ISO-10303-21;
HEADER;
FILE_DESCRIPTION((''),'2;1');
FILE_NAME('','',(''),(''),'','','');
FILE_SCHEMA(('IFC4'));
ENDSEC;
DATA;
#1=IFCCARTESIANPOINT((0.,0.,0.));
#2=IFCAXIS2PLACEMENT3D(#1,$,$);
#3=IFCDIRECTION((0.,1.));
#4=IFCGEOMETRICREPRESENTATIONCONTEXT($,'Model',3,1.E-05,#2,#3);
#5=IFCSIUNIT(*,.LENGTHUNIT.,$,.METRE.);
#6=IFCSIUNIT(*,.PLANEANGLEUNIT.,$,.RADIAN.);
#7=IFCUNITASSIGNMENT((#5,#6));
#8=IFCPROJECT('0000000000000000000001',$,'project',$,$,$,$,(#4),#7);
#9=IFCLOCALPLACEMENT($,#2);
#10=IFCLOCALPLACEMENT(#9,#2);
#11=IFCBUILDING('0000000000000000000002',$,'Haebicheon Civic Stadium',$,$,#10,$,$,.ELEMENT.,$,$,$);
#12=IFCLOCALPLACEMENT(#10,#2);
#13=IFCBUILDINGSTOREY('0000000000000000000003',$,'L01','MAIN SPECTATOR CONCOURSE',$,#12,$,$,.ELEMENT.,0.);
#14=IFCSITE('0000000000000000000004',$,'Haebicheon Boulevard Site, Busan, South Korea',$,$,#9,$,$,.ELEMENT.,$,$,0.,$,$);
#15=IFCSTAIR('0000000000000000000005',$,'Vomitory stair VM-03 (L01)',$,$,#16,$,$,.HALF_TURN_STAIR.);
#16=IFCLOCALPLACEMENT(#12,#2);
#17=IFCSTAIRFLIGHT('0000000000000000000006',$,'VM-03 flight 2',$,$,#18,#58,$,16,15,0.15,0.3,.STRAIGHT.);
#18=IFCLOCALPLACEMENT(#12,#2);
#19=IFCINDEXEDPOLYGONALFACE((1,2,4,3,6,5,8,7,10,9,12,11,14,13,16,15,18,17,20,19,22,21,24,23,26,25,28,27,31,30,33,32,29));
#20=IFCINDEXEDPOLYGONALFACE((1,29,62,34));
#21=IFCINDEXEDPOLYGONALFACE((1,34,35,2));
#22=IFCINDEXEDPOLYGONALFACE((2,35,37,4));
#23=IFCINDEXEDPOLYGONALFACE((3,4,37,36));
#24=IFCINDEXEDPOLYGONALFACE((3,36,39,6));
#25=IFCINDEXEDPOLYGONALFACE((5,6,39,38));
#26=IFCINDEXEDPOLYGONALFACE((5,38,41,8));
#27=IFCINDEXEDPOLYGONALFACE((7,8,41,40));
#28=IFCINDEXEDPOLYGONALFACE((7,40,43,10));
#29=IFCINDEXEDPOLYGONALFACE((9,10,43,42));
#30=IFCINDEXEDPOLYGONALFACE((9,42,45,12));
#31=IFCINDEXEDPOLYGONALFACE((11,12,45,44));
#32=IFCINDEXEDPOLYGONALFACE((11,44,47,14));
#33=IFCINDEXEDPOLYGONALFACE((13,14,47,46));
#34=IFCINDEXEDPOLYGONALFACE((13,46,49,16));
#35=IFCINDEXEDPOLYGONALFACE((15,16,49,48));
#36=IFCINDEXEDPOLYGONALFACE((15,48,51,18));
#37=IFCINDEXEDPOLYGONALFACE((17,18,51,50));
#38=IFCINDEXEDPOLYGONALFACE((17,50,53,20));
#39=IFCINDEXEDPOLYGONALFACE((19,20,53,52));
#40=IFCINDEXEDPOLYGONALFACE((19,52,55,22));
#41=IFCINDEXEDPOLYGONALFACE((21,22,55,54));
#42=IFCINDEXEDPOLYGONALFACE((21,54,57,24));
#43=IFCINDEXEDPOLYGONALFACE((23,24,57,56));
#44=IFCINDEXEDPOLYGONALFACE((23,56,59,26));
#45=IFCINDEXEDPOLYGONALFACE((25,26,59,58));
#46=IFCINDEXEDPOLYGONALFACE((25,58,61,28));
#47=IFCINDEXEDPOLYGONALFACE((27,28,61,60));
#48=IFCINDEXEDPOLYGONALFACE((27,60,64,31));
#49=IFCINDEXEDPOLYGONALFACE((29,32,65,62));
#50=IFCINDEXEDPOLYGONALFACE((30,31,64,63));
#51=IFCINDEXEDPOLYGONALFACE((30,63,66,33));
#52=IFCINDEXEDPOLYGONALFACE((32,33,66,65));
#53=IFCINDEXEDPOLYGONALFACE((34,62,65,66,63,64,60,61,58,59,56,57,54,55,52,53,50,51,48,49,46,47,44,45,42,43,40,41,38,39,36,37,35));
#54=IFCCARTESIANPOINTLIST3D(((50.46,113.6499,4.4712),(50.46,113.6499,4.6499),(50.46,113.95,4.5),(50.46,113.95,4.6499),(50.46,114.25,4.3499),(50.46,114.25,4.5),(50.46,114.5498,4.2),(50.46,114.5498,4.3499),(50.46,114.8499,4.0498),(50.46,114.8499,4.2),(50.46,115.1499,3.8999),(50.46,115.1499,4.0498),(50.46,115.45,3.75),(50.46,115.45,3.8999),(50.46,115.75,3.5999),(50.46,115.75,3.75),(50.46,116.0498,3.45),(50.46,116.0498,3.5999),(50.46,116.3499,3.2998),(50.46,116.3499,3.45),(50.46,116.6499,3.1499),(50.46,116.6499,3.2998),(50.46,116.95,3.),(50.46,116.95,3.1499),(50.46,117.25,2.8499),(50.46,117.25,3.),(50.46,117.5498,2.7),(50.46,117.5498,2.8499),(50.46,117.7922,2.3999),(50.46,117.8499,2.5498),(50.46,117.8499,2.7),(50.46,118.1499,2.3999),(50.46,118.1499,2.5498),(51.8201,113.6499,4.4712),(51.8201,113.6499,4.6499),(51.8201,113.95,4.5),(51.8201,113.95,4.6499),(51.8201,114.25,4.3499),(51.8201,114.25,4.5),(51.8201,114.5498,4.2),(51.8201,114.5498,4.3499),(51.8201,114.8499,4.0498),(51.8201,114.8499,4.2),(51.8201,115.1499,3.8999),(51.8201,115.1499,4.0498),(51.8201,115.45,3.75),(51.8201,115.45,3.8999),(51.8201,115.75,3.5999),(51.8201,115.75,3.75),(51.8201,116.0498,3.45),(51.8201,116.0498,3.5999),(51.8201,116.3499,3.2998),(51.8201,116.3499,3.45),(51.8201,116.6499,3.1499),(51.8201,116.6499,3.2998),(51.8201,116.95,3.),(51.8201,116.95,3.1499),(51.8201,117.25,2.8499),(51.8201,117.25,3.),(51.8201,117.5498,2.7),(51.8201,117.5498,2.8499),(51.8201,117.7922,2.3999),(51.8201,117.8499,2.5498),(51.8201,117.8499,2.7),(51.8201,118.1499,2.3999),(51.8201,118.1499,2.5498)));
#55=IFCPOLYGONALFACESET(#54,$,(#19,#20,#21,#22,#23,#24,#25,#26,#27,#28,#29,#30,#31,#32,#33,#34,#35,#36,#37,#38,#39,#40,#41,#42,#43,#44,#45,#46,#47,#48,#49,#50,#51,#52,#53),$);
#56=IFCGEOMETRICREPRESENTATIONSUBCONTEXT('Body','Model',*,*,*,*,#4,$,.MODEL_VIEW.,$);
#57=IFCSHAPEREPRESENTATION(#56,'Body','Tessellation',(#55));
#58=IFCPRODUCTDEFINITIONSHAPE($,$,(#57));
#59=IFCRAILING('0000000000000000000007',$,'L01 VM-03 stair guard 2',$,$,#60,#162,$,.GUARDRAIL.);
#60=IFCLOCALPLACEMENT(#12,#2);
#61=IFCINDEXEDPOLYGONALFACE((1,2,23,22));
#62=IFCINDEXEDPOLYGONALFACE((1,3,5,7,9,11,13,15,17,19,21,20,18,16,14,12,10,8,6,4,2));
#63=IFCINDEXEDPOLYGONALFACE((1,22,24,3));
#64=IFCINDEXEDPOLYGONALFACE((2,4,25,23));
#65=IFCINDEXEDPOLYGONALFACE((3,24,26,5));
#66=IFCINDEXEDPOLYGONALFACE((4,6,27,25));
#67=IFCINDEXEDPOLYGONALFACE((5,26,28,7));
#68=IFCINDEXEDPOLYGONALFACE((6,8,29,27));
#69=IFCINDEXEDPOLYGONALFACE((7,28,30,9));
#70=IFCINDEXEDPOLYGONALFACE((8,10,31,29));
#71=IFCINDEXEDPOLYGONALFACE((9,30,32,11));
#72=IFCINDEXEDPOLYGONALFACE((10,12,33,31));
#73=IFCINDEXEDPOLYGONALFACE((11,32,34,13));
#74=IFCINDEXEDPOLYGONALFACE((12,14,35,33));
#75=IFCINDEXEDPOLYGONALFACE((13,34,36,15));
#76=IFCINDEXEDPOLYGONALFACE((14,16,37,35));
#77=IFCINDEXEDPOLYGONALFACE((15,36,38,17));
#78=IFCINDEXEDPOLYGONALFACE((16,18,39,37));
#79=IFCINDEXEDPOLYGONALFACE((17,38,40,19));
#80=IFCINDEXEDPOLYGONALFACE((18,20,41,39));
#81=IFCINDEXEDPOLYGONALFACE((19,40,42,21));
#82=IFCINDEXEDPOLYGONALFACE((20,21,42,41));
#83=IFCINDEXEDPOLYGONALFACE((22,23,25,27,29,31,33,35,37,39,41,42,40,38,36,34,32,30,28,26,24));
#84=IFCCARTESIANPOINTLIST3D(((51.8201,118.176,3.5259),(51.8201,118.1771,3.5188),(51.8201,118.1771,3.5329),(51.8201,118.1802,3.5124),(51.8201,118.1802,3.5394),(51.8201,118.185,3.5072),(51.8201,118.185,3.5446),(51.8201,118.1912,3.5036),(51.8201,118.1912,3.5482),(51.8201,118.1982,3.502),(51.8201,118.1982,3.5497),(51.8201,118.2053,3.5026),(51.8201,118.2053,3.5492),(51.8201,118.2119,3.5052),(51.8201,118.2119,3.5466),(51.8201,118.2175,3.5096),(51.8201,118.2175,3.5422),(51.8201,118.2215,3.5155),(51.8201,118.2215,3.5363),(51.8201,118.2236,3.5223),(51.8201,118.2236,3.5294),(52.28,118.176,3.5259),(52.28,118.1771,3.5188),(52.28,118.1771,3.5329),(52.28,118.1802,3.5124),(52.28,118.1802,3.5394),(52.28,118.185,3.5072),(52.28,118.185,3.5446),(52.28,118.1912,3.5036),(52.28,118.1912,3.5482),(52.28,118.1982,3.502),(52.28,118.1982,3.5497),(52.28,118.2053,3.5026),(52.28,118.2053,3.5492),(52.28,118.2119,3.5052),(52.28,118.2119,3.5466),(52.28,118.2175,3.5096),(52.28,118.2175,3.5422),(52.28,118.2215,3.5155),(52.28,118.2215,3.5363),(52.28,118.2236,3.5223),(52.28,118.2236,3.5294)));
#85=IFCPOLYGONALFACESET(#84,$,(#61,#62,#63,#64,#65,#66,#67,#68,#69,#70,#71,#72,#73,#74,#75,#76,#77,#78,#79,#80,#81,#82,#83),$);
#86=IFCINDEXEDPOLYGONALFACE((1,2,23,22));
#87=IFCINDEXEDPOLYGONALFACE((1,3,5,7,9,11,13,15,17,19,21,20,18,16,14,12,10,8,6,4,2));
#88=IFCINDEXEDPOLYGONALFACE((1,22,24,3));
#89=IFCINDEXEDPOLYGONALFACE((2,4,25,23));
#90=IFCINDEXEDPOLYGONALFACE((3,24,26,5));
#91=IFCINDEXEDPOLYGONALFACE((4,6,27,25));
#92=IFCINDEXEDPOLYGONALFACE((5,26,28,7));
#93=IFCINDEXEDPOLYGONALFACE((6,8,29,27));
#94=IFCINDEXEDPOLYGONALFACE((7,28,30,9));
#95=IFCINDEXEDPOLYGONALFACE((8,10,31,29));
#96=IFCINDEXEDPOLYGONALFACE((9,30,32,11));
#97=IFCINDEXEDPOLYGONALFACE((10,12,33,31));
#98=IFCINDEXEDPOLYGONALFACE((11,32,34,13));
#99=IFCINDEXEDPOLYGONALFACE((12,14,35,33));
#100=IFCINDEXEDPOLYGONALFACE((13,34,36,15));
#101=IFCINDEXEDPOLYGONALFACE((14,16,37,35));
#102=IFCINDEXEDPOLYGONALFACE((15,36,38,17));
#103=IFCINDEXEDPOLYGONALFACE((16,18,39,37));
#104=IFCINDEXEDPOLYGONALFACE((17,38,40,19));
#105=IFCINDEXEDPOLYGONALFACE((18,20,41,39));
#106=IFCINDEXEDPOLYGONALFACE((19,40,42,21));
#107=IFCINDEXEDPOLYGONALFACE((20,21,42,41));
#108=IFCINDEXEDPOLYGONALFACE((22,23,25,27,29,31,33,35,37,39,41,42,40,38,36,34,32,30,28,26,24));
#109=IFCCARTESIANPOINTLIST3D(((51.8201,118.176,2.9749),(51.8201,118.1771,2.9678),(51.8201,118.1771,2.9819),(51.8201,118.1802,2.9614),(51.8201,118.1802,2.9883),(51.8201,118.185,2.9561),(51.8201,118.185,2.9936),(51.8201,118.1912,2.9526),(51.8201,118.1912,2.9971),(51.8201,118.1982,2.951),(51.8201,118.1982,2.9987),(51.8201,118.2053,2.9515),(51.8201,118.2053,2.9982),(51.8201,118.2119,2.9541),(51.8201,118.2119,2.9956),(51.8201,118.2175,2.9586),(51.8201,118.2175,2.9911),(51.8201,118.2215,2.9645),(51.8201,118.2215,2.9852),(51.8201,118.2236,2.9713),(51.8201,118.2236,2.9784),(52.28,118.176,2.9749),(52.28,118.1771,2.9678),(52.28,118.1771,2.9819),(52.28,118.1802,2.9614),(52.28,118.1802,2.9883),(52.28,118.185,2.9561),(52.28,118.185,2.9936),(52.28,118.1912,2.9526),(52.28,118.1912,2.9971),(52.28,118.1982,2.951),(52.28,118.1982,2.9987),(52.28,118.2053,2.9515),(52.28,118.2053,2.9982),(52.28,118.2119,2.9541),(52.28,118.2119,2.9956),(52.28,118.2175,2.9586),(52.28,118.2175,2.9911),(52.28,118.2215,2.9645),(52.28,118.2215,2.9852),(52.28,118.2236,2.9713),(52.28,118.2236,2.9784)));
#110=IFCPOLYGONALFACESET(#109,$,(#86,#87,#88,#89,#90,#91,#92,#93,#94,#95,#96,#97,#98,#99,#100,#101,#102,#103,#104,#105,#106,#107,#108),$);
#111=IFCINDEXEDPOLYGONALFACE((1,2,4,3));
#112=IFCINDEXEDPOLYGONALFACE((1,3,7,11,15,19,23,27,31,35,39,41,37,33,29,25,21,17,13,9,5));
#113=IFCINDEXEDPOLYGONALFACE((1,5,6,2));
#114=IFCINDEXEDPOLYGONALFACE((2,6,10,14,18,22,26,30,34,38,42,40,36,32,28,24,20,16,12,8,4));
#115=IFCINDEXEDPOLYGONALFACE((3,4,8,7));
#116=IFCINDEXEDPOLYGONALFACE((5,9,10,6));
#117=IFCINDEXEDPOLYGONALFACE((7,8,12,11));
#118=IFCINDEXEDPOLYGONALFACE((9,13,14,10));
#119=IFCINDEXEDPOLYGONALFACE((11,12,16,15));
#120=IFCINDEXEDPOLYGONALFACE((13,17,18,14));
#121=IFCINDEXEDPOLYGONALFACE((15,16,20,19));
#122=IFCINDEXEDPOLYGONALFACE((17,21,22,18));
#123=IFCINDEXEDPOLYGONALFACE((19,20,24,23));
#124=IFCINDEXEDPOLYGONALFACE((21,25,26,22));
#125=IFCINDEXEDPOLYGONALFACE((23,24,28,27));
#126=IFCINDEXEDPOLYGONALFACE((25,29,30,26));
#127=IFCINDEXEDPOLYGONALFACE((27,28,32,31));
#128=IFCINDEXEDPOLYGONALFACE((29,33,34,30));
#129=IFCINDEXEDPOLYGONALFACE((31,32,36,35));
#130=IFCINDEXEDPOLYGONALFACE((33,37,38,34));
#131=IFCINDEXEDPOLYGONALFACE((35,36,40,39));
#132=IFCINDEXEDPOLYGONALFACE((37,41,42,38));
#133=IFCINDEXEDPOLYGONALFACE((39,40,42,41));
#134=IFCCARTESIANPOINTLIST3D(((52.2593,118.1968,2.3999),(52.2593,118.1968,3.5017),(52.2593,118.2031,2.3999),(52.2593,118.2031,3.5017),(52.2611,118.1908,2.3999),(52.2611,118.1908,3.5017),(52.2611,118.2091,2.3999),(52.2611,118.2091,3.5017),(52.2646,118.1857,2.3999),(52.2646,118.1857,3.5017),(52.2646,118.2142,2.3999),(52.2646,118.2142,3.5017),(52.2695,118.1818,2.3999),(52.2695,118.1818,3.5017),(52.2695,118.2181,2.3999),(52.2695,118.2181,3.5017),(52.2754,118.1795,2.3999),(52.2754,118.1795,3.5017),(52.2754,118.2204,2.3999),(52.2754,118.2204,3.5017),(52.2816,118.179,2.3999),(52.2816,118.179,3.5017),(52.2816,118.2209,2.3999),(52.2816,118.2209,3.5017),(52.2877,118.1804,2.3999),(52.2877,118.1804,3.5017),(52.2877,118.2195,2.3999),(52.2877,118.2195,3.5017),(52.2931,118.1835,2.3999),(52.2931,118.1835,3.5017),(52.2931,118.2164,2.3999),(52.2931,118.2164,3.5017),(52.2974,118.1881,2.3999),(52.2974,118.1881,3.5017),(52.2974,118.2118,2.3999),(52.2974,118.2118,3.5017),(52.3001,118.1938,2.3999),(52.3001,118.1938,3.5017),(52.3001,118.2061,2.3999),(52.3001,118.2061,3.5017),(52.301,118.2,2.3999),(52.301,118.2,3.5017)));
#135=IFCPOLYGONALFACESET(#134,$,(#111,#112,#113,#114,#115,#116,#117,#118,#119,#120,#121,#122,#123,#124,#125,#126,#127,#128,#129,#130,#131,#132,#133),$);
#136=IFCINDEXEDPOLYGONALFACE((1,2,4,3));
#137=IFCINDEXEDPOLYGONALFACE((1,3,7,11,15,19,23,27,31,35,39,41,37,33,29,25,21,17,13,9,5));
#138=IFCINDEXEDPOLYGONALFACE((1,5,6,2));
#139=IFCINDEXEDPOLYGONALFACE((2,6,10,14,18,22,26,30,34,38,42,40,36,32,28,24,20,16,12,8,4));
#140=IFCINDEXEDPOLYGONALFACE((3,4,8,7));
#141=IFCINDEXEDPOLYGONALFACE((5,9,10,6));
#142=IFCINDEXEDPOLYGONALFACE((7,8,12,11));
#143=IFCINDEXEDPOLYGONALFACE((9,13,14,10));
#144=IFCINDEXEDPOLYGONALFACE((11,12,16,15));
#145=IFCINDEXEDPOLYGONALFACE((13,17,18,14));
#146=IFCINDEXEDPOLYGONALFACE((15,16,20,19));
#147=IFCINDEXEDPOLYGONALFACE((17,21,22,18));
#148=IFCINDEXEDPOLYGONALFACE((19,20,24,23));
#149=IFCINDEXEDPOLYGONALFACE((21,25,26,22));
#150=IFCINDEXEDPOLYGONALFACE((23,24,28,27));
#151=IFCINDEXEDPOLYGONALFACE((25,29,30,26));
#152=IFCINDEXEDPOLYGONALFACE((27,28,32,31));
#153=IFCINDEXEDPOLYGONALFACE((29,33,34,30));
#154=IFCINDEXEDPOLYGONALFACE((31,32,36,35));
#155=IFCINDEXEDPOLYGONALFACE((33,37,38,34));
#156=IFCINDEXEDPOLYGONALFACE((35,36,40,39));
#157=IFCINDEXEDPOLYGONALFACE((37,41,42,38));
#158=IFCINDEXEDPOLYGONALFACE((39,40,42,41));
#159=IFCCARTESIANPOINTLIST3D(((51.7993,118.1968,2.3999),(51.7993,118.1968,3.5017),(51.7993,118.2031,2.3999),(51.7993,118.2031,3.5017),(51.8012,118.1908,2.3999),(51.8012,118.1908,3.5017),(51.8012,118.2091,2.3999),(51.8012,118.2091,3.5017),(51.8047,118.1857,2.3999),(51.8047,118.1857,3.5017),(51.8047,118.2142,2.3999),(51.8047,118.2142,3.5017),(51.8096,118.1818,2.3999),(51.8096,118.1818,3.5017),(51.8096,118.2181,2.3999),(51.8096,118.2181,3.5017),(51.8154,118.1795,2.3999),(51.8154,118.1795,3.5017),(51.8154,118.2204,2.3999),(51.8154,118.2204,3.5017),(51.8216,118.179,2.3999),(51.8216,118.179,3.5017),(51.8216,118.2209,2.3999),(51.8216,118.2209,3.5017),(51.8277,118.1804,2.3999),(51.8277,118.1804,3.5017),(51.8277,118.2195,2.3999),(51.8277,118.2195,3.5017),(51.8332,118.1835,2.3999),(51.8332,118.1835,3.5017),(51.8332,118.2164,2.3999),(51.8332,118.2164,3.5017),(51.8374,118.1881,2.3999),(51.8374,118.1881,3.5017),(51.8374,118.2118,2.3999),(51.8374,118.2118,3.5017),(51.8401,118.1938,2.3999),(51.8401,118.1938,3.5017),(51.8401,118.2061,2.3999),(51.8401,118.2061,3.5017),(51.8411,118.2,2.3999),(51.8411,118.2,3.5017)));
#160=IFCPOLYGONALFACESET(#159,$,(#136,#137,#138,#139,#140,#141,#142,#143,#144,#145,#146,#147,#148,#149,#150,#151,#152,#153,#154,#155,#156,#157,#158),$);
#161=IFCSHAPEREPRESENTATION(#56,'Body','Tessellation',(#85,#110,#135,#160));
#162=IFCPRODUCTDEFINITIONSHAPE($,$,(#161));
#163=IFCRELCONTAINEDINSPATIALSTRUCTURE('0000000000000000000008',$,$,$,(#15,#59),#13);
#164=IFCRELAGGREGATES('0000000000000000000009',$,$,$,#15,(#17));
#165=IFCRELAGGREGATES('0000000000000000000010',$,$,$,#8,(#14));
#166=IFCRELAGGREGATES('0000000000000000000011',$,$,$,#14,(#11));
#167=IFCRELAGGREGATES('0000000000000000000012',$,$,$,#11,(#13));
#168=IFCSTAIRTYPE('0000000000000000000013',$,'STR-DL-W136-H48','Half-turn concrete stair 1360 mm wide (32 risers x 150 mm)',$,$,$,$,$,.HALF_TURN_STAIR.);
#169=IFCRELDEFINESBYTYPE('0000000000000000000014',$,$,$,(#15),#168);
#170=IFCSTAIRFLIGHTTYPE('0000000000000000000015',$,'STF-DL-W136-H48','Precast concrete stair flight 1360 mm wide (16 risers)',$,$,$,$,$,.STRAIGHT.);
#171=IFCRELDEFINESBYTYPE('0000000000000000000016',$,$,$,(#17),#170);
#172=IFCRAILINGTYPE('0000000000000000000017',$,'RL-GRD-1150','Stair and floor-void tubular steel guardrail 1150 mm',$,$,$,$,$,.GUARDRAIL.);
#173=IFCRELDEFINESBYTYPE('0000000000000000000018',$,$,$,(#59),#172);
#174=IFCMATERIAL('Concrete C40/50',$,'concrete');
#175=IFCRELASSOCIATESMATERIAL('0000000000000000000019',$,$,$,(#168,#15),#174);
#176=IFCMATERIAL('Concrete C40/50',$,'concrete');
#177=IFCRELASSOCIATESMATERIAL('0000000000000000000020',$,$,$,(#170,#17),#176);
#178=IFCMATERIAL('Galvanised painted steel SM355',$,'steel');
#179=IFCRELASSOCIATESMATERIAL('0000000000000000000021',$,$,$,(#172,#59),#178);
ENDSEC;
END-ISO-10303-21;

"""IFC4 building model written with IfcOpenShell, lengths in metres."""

from ifc_helpers import new_model, si_unit, direction, frame, origin, origin_2d, place, context, subcontext, project, spatial, polyline, circle, outline, extrude, material, type_object, element, aggregate, save


model = new_model("IFC4")

# Units and contexts
model_context = context("Model", 3, precision=1e-05, world=origin(), true_north=direction((0.0, 1.0)))
body_context = subcontext(model_context, "Body", "Model", "MODEL_VIEW")
ifc_project = project(units=[si_unit("LENGTHUNIT", "METRE"), si_unit("PLANEANGLEUNIT", "RADIAN")], contexts=[model_context])

# Site, building, storey
site_placement = place(None, origin())
site = spatial("IfcSite", under=ifc_project, at=site_placement, Name="Haebicheon Boulevard Site, Busan, South Korea", CompositionType="ELEMENT", RefElevation=0.0)
building_placement = place(site_placement, origin())
building = spatial("IfcBuilding", under=site, at=building_placement, Name="Haebicheon Civic Stadium", CompositionType="ELEMENT")
storey_placement = place(building_placement, origin())
storey = spatial("IfcBuildingStorey", under=building, at=storey_placement, Name="L01", Description="MAIN SPECTATOR CONCOURSE", CompositionType="ELEMENT", Elevation=0.0)

# Stair, stair flight
ifc_material_1 = material(Name="Concrete C40/50", Category="concrete")
stair_type = type_object("IfcStairType", Name="STR-DL-W136-H48", Description="Half-turn concrete stair 1360 mm wide (32 risers x 150 mm)", PredefinedType="HALF_TURN_STAIR", material=ifc_material_1)
stair_placement = place(storey_placement, origin())
stair = element("IfcStair", 1, at=stair_placement, inside=storey, type_object=stair_type, material=ifc_material_1, Name="Vomitory stair VM-03 (L01)", PredefinedType="HALF_TURN_STAIR")
ifc_material_2 = material(Name="Concrete C40/50", Category="concrete")
stair_flight_type = type_object("IfcStairFlightType", Name="STF-DL-W136-H48", Description="Precast concrete stair flight 1360 mm wide (16 risers)", PredefinedType="STRAIGHT", material=ifc_material_2)
stair_flight_1_placement = place(storey_placement, frame((51.1399, 118.1499, 2.3999), z_axis=(0.0, 0.0, 1.0), x_axis=(0.0, -1.0, 0.0)))
stair_flight_1 = element("IfcStairFlight", 2, at=stair_flight_1_placement, type_object=stair_flight_type, material=ifc_material_2, Name="VM-03 flight 2", NumberOfRisers=16, NumberOfTreads=15, PredefinedType="STRAIGHT", RiserHeight=0.15, TreadLength=0.3, context=body_context, shape_type="SweptSolid", body=[
    extrude(outline(polyline([(0.0, 0.0), (0.0, 0.1499), (0.3, 0.1499), (0.3, 0.3), (0.6001, 0.3), (0.6001, 0.45), (0.8999, 0.45), (0.8999, 0.6001), (1.2, 0.6001), (1.2, 0.75), (1.5, 0.75), (1.5, 0.8999), (1.8, 0.8999), (1.8, 1.05), (2.1001, 1.05), (2.1001, 1.2), (2.3999, 1.2), (2.3999, 1.3501), (2.7, 1.3501), (2.7, 1.5), (3.0, 1.5), (3.0, 1.6499), (3.3, 1.6499), (3.3, 1.8), (3.6001, 1.8), (3.6001, 1.95), (3.8999, 1.95), (3.8999, 2.1001), (4.2, 2.1001), (4.2, 2.25), (4.5, 2.25), (4.5, 2.3999), (4.5, 2.0713), (0.3577, 0.0), (0.0, 0.0)])), frame((0.0, 0.6802, 0.0), z_axis=(0.0, -1.0, 0.0), x_axis=(1.0, 0.0, 0.0)), (0.0, 0.0, 1.0), 1.3601),
])
aggregate(stair, [stair_flight_1])

# Railing
ifc_material_3 = material(Name="Galvanised painted steel SM355", Category="steel")
railing_type_1 = type_object("IfcRailingType", Name="RL-GRD-1150", Description="Stair and floor-void tubular steel guardrail 1150 mm", PredefinedType="GUARDRAIL", material=ifc_material_3)
railing_1_placement = place(storey_placement, frame((52.28, 118.2, 2.3999)))
element("IfcRailing", 3, at=railing_1_placement, inside=storey, type_object=railing_type_1, material=ifc_material_3, Name="L01 VM-03 stair guard 2", PredefinedType="GUARDRAIL", context=body_context, shape_type="SweptSolid", body=[
    extrude(circle(Radius=0.0239, at=origin_2d()), frame((0.0, 0.0, 1.126), z_axis=(-1.0, 0.0, 0.0), x_axis=(0.0, -1.0, 0.0)), (0.0, 0.0, 1.0), 0.46),
    extrude(circle(Radius=0.0239, at=origin_2d()), frame((0.0, 0.0, 0.575), z_axis=(-1.0, 0.0, 0.0), x_axis=(0.0, -1.0, 0.0)), (0.0, 0.0, 1.0), 0.46),
    extrude(circle(Radius=0.021, at=origin_2d()), origin(), (0.0, 0.0, 1.0), 1.1018),
    extrude(circle(Radius=0.021, at=origin_2d()), frame((-0.46, 0.0, 0.0)), (0.0, 0.0, 1.0), 1.1018),
])

save(model, "model.ifc")
